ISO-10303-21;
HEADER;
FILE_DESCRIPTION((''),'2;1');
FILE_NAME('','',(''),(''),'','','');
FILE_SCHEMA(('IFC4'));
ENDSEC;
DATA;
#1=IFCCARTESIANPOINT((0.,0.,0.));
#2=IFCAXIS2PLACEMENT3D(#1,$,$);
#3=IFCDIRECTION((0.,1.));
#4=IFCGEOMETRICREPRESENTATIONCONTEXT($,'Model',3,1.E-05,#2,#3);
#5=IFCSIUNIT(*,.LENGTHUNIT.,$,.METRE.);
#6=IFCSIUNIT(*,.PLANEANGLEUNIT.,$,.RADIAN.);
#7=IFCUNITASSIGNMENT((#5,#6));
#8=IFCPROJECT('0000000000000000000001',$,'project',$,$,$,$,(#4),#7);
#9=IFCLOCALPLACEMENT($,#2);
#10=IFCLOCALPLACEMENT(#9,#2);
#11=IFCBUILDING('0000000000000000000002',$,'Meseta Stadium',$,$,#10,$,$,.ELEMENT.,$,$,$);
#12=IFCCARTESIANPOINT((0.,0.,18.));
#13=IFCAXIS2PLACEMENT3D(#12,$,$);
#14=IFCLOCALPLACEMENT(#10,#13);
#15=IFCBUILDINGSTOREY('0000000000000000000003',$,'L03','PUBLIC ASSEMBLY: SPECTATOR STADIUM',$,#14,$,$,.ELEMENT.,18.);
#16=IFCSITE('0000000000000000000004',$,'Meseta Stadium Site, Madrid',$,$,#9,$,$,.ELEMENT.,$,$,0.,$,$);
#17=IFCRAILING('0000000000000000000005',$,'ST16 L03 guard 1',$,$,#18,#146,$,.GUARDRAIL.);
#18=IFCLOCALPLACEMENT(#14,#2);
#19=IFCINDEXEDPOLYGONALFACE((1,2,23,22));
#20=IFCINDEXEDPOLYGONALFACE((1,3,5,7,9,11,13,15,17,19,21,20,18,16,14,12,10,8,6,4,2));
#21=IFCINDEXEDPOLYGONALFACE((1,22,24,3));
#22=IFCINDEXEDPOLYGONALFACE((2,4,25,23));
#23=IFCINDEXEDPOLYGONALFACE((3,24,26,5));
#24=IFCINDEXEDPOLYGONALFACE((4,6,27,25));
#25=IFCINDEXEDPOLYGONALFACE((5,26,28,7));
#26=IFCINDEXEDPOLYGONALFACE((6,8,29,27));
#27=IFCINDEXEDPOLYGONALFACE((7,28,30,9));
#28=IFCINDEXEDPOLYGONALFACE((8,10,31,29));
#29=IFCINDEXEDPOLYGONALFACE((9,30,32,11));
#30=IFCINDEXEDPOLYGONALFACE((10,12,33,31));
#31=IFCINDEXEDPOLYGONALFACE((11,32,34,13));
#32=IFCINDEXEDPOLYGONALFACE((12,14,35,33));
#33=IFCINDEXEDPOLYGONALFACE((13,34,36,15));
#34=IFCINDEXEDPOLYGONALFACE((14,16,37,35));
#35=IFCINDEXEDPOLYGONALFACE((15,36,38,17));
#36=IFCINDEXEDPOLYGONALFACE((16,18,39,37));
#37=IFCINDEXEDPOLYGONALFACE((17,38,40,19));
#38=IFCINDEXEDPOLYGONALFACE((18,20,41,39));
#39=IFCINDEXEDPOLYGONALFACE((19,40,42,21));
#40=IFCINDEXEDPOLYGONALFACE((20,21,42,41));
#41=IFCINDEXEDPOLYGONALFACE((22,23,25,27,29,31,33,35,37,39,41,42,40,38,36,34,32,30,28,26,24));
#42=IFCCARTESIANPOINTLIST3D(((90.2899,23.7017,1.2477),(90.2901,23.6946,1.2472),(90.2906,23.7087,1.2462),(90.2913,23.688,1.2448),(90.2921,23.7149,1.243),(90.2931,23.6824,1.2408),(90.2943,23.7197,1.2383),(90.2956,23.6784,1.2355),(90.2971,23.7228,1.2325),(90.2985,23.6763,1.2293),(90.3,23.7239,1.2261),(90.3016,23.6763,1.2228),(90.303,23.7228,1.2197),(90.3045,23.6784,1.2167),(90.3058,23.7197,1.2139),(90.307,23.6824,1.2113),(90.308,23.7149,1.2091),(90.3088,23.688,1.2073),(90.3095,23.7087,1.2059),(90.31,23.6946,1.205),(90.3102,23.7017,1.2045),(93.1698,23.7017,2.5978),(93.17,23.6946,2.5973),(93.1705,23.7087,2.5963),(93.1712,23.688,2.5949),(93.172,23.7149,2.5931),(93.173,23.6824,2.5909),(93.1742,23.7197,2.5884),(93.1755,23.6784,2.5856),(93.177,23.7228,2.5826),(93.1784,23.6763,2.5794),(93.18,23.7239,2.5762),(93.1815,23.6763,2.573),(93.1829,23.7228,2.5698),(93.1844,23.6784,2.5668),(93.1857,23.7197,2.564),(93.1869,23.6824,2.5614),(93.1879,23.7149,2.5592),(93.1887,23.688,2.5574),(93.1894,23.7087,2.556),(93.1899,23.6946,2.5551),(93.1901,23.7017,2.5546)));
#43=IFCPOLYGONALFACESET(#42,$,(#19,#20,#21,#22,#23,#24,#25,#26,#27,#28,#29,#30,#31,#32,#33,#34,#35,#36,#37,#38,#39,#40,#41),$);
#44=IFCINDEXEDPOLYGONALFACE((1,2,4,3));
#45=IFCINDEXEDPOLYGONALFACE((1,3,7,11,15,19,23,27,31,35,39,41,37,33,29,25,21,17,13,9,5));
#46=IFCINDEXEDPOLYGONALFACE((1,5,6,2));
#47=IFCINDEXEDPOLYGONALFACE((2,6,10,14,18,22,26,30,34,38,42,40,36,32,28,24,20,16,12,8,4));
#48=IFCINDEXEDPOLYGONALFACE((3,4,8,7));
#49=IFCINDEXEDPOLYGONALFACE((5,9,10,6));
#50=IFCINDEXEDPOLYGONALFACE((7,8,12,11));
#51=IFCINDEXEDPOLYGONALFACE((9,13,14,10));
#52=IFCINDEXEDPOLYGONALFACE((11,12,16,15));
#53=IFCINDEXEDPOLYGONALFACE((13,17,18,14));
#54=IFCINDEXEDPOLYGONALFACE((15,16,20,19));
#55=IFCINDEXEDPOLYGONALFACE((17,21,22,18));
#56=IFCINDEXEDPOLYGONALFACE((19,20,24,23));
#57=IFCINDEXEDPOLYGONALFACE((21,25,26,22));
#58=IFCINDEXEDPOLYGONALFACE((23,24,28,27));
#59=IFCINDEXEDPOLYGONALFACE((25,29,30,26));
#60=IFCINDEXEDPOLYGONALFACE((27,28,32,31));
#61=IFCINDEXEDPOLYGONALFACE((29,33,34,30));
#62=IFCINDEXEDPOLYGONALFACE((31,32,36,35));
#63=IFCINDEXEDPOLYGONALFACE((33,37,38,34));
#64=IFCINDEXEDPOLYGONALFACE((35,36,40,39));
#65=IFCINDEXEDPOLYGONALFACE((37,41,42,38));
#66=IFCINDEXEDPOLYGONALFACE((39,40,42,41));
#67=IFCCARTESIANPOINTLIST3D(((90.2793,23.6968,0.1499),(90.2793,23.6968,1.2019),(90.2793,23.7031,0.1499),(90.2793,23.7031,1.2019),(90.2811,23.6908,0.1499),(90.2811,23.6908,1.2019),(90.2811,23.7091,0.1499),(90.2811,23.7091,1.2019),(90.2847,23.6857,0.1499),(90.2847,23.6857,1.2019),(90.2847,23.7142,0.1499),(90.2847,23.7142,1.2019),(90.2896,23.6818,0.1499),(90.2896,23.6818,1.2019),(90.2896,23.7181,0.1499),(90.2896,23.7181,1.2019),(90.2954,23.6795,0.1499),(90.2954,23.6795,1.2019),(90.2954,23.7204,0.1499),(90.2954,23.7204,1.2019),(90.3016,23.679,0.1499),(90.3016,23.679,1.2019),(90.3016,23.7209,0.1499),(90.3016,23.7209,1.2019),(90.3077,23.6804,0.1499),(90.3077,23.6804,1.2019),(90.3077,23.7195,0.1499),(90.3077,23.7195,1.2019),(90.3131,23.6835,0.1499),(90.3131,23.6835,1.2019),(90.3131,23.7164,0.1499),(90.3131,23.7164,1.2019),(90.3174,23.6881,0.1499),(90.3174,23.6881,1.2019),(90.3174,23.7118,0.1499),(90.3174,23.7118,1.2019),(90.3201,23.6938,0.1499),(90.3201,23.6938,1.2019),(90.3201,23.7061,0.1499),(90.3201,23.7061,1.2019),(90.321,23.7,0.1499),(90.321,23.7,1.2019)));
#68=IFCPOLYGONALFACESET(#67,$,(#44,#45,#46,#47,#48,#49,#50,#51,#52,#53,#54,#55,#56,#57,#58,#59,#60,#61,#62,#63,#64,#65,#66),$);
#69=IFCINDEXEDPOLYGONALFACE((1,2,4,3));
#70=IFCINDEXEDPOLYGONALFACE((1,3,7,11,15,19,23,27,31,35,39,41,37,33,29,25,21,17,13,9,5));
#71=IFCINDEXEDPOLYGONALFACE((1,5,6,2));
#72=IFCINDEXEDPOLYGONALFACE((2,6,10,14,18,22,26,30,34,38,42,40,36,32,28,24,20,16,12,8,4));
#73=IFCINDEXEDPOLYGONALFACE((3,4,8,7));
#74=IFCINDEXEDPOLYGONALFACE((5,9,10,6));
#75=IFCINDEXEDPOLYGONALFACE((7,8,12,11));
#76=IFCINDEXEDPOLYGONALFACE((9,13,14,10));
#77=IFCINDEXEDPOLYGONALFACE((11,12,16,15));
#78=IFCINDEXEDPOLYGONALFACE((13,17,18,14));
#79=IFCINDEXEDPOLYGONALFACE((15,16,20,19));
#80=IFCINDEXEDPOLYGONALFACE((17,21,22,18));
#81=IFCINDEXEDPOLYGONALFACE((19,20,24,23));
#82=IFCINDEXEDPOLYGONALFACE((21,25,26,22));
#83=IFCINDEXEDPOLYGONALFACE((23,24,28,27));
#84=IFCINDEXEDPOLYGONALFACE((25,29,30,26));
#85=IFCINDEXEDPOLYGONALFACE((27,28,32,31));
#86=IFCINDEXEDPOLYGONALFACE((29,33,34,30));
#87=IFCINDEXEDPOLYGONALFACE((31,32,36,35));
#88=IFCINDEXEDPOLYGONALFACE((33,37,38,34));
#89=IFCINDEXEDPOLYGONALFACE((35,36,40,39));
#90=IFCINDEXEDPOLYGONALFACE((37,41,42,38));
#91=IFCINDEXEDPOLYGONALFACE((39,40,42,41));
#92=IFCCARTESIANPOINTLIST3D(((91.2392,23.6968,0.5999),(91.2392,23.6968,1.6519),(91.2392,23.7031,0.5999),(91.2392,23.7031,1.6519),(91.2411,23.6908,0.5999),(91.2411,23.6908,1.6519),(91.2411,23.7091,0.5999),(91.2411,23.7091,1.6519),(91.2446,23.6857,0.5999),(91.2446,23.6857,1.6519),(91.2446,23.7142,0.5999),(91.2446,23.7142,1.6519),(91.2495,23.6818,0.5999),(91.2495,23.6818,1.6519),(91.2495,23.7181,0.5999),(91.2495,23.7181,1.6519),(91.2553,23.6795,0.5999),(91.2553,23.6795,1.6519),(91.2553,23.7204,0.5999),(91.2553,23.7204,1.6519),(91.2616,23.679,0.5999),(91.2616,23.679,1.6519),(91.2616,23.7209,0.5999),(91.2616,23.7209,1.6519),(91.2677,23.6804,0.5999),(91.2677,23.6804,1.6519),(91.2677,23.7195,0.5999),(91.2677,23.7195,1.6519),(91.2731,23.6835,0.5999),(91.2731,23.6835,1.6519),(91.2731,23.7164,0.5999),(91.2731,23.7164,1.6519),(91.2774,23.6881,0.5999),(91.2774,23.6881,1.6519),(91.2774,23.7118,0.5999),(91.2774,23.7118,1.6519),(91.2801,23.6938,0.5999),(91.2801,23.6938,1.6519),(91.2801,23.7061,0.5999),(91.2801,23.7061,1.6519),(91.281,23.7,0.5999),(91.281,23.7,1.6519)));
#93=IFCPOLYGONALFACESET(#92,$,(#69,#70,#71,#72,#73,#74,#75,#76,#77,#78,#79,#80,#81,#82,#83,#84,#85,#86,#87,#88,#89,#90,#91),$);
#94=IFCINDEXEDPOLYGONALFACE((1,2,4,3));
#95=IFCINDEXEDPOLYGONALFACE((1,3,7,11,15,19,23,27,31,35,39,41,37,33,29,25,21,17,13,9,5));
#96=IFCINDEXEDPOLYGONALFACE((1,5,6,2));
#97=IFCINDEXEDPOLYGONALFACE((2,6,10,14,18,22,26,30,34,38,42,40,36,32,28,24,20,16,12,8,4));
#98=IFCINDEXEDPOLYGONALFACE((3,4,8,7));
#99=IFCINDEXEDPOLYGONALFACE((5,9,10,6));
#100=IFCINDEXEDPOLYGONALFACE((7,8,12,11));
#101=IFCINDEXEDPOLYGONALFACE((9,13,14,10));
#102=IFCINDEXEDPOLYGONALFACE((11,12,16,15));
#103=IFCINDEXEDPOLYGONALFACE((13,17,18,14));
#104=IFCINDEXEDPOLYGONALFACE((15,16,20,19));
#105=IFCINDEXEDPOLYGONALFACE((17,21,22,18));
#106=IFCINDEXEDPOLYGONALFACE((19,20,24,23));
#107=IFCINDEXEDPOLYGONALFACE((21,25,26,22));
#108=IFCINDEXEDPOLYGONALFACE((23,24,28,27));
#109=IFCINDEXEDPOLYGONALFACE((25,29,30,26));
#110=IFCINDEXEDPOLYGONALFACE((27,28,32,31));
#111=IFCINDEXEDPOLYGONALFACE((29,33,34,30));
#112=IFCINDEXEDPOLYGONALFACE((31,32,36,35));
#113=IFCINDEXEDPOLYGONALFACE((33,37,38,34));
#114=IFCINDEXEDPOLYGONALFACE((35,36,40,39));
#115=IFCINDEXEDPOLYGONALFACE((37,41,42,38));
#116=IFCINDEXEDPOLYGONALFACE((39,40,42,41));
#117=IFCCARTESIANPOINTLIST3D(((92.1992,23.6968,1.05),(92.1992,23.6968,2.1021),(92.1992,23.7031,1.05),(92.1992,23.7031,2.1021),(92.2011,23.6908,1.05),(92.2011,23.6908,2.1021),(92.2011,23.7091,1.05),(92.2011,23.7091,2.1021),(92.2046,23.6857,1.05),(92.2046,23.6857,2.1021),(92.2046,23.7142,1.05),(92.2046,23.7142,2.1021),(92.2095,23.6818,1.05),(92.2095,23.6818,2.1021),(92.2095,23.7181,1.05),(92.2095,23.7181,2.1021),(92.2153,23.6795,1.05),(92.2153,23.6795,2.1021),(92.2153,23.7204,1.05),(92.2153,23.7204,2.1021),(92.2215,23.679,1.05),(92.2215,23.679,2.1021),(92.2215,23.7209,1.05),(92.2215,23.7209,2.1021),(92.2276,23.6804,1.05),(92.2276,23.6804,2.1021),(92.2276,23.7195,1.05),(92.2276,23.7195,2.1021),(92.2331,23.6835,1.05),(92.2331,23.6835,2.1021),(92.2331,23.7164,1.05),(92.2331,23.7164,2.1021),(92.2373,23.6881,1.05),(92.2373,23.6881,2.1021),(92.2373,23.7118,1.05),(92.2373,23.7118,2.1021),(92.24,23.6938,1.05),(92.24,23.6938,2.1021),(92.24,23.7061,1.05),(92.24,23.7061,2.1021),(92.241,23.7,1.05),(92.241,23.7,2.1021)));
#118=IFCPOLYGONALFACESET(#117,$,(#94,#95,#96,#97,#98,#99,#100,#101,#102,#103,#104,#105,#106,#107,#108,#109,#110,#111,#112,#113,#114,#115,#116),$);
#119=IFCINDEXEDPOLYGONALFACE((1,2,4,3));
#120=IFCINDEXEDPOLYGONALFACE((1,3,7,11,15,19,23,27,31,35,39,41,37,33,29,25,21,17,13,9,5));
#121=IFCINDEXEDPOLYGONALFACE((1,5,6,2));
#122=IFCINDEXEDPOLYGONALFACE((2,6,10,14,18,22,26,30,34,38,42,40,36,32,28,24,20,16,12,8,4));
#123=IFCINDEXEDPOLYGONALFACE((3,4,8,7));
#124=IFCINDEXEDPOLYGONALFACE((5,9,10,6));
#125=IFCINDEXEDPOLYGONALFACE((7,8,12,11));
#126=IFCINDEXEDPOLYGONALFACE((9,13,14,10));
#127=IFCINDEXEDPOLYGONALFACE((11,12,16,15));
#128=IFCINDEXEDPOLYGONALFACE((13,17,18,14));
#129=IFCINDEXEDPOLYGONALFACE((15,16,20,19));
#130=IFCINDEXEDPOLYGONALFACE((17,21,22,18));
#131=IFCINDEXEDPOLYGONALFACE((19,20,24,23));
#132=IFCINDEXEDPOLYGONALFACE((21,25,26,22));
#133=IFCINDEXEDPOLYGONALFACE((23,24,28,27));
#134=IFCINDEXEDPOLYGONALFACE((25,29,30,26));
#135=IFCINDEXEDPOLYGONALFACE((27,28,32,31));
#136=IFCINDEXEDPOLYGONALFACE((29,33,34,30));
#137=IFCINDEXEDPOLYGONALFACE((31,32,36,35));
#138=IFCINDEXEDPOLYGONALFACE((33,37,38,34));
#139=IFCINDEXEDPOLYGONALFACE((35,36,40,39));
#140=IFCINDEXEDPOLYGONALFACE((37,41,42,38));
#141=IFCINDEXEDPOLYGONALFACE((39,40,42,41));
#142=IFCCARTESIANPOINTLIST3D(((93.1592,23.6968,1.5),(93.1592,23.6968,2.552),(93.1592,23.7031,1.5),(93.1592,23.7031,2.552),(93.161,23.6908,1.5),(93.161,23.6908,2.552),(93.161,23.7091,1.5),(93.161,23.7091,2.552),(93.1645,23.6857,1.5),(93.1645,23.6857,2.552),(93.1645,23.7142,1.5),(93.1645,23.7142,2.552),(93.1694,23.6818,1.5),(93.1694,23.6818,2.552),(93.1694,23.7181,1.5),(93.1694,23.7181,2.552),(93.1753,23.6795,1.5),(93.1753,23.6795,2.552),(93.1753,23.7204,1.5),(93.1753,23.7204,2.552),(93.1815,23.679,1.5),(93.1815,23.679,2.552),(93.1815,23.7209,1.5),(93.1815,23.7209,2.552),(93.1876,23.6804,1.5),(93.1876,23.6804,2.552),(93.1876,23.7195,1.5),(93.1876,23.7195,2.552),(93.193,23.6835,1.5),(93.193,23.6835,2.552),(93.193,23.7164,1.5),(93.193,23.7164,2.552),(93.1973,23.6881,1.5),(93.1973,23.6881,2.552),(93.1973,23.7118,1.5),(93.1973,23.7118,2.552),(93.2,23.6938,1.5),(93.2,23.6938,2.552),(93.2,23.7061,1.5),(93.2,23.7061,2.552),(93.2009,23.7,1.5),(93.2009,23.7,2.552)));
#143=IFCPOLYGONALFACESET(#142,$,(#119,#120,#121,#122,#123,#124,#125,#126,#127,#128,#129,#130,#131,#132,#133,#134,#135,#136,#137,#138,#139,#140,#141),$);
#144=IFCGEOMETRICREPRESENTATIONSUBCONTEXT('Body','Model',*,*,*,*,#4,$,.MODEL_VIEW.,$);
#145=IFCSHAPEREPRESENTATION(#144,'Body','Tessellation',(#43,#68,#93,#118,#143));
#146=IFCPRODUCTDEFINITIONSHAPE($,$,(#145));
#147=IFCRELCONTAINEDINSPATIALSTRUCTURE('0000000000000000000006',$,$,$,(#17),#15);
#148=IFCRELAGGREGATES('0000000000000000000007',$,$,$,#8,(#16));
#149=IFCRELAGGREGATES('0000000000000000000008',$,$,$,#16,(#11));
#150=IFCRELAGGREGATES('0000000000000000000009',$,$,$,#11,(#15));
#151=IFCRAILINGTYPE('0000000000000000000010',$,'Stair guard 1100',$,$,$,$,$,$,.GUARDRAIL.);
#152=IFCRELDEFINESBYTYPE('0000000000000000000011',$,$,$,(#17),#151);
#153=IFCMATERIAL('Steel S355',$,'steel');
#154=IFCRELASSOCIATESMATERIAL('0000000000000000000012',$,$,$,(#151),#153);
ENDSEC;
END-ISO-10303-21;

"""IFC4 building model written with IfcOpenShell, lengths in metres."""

from ifc_helpers import new_model, si_unit, direction, frame, origin, origin_2d, place, context, subcontext, project, spatial, circle, extrude, material, type_object, element, save


model = new_model("IFC4")

# Units and contexts
model_context = context("Model", 3, precision=1e-05, world=origin(), true_north=direction((0.0, 1.0)))
body_context = subcontext(model_context, "Body", "Model", "MODEL_VIEW")
ifc_project = project(units=[si_unit("LENGTHUNIT", "METRE"), si_unit("PLANEANGLEUNIT", "RADIAN")], contexts=[model_context])

# Site, building, storey
site_placement = place(None, origin())
site = spatial("IfcSite", under=ifc_project, at=site_placement, Name="Meseta Stadium Site, Madrid", CompositionType="ELEMENT", RefElevation=0.0)
building_placement = place(site_placement, origin())
building = spatial("IfcBuilding", under=site, at=building_placement, Name="Meseta Stadium", CompositionType="ELEMENT")
storey_placement = place(building_placement, frame((0.0, 0.0, 18.0)))
storey = spatial("IfcBuildingStorey", under=building, at=storey_placement, Name="L03", Description="PUBLIC ASSEMBLY: SPECTATOR STADIUM", CompositionType="ELEMENT", Elevation=18.0)

# Railing
ifc_material_1 = material(Name="Steel S355", Category="steel")
railing_type_1 = type_object("IfcRailingType", Name="Stair guard 1100", PredefinedType="GUARDRAIL", material=ifc_material_1)
railing_1_placement = place(storey_placement, frame((90.3, 23.7, 0.1499)))
element("IfcRailing", 1, at=railing_1_placement, inside=storey, type_object=railing_type_1, Name="ST16 L03 guard 1", PredefinedType="GUARDRAIL", context=body_context, shape_type="SweptSolid", body=[
    extrude(circle(Radius=0.0239, at=origin_2d()), frame((0.0, 0.0, 1.0762), z_axis=(0.90544, 0.0, 0.424473), x_axis=(0.0, 1.0, 0.0)), (0.0, 0.0, 1.0), 3.1807),
    extrude(circle(Radius=0.021, at=origin_2d()), origin(), (0.0, 0.0, 1.0), 1.052),
    extrude(circle(Radius=0.021, at=origin_2d()), frame((0.96, 0.0, 0.45)), (0.0, 0.0, 1.0), 1.052),
    extrude(circle(Radius=0.021, at=origin_2d()), frame((1.9199, 0.0, 0.9001)), (0.0, 0.0, 1.0), 1.052),
    extrude(circle(Radius=0.021, at=origin_2d()), frame((2.8799, 0.0, 1.3501)), (0.0, 0.0, 1.0), 1.052),
])

save(model, "model.ifc")
